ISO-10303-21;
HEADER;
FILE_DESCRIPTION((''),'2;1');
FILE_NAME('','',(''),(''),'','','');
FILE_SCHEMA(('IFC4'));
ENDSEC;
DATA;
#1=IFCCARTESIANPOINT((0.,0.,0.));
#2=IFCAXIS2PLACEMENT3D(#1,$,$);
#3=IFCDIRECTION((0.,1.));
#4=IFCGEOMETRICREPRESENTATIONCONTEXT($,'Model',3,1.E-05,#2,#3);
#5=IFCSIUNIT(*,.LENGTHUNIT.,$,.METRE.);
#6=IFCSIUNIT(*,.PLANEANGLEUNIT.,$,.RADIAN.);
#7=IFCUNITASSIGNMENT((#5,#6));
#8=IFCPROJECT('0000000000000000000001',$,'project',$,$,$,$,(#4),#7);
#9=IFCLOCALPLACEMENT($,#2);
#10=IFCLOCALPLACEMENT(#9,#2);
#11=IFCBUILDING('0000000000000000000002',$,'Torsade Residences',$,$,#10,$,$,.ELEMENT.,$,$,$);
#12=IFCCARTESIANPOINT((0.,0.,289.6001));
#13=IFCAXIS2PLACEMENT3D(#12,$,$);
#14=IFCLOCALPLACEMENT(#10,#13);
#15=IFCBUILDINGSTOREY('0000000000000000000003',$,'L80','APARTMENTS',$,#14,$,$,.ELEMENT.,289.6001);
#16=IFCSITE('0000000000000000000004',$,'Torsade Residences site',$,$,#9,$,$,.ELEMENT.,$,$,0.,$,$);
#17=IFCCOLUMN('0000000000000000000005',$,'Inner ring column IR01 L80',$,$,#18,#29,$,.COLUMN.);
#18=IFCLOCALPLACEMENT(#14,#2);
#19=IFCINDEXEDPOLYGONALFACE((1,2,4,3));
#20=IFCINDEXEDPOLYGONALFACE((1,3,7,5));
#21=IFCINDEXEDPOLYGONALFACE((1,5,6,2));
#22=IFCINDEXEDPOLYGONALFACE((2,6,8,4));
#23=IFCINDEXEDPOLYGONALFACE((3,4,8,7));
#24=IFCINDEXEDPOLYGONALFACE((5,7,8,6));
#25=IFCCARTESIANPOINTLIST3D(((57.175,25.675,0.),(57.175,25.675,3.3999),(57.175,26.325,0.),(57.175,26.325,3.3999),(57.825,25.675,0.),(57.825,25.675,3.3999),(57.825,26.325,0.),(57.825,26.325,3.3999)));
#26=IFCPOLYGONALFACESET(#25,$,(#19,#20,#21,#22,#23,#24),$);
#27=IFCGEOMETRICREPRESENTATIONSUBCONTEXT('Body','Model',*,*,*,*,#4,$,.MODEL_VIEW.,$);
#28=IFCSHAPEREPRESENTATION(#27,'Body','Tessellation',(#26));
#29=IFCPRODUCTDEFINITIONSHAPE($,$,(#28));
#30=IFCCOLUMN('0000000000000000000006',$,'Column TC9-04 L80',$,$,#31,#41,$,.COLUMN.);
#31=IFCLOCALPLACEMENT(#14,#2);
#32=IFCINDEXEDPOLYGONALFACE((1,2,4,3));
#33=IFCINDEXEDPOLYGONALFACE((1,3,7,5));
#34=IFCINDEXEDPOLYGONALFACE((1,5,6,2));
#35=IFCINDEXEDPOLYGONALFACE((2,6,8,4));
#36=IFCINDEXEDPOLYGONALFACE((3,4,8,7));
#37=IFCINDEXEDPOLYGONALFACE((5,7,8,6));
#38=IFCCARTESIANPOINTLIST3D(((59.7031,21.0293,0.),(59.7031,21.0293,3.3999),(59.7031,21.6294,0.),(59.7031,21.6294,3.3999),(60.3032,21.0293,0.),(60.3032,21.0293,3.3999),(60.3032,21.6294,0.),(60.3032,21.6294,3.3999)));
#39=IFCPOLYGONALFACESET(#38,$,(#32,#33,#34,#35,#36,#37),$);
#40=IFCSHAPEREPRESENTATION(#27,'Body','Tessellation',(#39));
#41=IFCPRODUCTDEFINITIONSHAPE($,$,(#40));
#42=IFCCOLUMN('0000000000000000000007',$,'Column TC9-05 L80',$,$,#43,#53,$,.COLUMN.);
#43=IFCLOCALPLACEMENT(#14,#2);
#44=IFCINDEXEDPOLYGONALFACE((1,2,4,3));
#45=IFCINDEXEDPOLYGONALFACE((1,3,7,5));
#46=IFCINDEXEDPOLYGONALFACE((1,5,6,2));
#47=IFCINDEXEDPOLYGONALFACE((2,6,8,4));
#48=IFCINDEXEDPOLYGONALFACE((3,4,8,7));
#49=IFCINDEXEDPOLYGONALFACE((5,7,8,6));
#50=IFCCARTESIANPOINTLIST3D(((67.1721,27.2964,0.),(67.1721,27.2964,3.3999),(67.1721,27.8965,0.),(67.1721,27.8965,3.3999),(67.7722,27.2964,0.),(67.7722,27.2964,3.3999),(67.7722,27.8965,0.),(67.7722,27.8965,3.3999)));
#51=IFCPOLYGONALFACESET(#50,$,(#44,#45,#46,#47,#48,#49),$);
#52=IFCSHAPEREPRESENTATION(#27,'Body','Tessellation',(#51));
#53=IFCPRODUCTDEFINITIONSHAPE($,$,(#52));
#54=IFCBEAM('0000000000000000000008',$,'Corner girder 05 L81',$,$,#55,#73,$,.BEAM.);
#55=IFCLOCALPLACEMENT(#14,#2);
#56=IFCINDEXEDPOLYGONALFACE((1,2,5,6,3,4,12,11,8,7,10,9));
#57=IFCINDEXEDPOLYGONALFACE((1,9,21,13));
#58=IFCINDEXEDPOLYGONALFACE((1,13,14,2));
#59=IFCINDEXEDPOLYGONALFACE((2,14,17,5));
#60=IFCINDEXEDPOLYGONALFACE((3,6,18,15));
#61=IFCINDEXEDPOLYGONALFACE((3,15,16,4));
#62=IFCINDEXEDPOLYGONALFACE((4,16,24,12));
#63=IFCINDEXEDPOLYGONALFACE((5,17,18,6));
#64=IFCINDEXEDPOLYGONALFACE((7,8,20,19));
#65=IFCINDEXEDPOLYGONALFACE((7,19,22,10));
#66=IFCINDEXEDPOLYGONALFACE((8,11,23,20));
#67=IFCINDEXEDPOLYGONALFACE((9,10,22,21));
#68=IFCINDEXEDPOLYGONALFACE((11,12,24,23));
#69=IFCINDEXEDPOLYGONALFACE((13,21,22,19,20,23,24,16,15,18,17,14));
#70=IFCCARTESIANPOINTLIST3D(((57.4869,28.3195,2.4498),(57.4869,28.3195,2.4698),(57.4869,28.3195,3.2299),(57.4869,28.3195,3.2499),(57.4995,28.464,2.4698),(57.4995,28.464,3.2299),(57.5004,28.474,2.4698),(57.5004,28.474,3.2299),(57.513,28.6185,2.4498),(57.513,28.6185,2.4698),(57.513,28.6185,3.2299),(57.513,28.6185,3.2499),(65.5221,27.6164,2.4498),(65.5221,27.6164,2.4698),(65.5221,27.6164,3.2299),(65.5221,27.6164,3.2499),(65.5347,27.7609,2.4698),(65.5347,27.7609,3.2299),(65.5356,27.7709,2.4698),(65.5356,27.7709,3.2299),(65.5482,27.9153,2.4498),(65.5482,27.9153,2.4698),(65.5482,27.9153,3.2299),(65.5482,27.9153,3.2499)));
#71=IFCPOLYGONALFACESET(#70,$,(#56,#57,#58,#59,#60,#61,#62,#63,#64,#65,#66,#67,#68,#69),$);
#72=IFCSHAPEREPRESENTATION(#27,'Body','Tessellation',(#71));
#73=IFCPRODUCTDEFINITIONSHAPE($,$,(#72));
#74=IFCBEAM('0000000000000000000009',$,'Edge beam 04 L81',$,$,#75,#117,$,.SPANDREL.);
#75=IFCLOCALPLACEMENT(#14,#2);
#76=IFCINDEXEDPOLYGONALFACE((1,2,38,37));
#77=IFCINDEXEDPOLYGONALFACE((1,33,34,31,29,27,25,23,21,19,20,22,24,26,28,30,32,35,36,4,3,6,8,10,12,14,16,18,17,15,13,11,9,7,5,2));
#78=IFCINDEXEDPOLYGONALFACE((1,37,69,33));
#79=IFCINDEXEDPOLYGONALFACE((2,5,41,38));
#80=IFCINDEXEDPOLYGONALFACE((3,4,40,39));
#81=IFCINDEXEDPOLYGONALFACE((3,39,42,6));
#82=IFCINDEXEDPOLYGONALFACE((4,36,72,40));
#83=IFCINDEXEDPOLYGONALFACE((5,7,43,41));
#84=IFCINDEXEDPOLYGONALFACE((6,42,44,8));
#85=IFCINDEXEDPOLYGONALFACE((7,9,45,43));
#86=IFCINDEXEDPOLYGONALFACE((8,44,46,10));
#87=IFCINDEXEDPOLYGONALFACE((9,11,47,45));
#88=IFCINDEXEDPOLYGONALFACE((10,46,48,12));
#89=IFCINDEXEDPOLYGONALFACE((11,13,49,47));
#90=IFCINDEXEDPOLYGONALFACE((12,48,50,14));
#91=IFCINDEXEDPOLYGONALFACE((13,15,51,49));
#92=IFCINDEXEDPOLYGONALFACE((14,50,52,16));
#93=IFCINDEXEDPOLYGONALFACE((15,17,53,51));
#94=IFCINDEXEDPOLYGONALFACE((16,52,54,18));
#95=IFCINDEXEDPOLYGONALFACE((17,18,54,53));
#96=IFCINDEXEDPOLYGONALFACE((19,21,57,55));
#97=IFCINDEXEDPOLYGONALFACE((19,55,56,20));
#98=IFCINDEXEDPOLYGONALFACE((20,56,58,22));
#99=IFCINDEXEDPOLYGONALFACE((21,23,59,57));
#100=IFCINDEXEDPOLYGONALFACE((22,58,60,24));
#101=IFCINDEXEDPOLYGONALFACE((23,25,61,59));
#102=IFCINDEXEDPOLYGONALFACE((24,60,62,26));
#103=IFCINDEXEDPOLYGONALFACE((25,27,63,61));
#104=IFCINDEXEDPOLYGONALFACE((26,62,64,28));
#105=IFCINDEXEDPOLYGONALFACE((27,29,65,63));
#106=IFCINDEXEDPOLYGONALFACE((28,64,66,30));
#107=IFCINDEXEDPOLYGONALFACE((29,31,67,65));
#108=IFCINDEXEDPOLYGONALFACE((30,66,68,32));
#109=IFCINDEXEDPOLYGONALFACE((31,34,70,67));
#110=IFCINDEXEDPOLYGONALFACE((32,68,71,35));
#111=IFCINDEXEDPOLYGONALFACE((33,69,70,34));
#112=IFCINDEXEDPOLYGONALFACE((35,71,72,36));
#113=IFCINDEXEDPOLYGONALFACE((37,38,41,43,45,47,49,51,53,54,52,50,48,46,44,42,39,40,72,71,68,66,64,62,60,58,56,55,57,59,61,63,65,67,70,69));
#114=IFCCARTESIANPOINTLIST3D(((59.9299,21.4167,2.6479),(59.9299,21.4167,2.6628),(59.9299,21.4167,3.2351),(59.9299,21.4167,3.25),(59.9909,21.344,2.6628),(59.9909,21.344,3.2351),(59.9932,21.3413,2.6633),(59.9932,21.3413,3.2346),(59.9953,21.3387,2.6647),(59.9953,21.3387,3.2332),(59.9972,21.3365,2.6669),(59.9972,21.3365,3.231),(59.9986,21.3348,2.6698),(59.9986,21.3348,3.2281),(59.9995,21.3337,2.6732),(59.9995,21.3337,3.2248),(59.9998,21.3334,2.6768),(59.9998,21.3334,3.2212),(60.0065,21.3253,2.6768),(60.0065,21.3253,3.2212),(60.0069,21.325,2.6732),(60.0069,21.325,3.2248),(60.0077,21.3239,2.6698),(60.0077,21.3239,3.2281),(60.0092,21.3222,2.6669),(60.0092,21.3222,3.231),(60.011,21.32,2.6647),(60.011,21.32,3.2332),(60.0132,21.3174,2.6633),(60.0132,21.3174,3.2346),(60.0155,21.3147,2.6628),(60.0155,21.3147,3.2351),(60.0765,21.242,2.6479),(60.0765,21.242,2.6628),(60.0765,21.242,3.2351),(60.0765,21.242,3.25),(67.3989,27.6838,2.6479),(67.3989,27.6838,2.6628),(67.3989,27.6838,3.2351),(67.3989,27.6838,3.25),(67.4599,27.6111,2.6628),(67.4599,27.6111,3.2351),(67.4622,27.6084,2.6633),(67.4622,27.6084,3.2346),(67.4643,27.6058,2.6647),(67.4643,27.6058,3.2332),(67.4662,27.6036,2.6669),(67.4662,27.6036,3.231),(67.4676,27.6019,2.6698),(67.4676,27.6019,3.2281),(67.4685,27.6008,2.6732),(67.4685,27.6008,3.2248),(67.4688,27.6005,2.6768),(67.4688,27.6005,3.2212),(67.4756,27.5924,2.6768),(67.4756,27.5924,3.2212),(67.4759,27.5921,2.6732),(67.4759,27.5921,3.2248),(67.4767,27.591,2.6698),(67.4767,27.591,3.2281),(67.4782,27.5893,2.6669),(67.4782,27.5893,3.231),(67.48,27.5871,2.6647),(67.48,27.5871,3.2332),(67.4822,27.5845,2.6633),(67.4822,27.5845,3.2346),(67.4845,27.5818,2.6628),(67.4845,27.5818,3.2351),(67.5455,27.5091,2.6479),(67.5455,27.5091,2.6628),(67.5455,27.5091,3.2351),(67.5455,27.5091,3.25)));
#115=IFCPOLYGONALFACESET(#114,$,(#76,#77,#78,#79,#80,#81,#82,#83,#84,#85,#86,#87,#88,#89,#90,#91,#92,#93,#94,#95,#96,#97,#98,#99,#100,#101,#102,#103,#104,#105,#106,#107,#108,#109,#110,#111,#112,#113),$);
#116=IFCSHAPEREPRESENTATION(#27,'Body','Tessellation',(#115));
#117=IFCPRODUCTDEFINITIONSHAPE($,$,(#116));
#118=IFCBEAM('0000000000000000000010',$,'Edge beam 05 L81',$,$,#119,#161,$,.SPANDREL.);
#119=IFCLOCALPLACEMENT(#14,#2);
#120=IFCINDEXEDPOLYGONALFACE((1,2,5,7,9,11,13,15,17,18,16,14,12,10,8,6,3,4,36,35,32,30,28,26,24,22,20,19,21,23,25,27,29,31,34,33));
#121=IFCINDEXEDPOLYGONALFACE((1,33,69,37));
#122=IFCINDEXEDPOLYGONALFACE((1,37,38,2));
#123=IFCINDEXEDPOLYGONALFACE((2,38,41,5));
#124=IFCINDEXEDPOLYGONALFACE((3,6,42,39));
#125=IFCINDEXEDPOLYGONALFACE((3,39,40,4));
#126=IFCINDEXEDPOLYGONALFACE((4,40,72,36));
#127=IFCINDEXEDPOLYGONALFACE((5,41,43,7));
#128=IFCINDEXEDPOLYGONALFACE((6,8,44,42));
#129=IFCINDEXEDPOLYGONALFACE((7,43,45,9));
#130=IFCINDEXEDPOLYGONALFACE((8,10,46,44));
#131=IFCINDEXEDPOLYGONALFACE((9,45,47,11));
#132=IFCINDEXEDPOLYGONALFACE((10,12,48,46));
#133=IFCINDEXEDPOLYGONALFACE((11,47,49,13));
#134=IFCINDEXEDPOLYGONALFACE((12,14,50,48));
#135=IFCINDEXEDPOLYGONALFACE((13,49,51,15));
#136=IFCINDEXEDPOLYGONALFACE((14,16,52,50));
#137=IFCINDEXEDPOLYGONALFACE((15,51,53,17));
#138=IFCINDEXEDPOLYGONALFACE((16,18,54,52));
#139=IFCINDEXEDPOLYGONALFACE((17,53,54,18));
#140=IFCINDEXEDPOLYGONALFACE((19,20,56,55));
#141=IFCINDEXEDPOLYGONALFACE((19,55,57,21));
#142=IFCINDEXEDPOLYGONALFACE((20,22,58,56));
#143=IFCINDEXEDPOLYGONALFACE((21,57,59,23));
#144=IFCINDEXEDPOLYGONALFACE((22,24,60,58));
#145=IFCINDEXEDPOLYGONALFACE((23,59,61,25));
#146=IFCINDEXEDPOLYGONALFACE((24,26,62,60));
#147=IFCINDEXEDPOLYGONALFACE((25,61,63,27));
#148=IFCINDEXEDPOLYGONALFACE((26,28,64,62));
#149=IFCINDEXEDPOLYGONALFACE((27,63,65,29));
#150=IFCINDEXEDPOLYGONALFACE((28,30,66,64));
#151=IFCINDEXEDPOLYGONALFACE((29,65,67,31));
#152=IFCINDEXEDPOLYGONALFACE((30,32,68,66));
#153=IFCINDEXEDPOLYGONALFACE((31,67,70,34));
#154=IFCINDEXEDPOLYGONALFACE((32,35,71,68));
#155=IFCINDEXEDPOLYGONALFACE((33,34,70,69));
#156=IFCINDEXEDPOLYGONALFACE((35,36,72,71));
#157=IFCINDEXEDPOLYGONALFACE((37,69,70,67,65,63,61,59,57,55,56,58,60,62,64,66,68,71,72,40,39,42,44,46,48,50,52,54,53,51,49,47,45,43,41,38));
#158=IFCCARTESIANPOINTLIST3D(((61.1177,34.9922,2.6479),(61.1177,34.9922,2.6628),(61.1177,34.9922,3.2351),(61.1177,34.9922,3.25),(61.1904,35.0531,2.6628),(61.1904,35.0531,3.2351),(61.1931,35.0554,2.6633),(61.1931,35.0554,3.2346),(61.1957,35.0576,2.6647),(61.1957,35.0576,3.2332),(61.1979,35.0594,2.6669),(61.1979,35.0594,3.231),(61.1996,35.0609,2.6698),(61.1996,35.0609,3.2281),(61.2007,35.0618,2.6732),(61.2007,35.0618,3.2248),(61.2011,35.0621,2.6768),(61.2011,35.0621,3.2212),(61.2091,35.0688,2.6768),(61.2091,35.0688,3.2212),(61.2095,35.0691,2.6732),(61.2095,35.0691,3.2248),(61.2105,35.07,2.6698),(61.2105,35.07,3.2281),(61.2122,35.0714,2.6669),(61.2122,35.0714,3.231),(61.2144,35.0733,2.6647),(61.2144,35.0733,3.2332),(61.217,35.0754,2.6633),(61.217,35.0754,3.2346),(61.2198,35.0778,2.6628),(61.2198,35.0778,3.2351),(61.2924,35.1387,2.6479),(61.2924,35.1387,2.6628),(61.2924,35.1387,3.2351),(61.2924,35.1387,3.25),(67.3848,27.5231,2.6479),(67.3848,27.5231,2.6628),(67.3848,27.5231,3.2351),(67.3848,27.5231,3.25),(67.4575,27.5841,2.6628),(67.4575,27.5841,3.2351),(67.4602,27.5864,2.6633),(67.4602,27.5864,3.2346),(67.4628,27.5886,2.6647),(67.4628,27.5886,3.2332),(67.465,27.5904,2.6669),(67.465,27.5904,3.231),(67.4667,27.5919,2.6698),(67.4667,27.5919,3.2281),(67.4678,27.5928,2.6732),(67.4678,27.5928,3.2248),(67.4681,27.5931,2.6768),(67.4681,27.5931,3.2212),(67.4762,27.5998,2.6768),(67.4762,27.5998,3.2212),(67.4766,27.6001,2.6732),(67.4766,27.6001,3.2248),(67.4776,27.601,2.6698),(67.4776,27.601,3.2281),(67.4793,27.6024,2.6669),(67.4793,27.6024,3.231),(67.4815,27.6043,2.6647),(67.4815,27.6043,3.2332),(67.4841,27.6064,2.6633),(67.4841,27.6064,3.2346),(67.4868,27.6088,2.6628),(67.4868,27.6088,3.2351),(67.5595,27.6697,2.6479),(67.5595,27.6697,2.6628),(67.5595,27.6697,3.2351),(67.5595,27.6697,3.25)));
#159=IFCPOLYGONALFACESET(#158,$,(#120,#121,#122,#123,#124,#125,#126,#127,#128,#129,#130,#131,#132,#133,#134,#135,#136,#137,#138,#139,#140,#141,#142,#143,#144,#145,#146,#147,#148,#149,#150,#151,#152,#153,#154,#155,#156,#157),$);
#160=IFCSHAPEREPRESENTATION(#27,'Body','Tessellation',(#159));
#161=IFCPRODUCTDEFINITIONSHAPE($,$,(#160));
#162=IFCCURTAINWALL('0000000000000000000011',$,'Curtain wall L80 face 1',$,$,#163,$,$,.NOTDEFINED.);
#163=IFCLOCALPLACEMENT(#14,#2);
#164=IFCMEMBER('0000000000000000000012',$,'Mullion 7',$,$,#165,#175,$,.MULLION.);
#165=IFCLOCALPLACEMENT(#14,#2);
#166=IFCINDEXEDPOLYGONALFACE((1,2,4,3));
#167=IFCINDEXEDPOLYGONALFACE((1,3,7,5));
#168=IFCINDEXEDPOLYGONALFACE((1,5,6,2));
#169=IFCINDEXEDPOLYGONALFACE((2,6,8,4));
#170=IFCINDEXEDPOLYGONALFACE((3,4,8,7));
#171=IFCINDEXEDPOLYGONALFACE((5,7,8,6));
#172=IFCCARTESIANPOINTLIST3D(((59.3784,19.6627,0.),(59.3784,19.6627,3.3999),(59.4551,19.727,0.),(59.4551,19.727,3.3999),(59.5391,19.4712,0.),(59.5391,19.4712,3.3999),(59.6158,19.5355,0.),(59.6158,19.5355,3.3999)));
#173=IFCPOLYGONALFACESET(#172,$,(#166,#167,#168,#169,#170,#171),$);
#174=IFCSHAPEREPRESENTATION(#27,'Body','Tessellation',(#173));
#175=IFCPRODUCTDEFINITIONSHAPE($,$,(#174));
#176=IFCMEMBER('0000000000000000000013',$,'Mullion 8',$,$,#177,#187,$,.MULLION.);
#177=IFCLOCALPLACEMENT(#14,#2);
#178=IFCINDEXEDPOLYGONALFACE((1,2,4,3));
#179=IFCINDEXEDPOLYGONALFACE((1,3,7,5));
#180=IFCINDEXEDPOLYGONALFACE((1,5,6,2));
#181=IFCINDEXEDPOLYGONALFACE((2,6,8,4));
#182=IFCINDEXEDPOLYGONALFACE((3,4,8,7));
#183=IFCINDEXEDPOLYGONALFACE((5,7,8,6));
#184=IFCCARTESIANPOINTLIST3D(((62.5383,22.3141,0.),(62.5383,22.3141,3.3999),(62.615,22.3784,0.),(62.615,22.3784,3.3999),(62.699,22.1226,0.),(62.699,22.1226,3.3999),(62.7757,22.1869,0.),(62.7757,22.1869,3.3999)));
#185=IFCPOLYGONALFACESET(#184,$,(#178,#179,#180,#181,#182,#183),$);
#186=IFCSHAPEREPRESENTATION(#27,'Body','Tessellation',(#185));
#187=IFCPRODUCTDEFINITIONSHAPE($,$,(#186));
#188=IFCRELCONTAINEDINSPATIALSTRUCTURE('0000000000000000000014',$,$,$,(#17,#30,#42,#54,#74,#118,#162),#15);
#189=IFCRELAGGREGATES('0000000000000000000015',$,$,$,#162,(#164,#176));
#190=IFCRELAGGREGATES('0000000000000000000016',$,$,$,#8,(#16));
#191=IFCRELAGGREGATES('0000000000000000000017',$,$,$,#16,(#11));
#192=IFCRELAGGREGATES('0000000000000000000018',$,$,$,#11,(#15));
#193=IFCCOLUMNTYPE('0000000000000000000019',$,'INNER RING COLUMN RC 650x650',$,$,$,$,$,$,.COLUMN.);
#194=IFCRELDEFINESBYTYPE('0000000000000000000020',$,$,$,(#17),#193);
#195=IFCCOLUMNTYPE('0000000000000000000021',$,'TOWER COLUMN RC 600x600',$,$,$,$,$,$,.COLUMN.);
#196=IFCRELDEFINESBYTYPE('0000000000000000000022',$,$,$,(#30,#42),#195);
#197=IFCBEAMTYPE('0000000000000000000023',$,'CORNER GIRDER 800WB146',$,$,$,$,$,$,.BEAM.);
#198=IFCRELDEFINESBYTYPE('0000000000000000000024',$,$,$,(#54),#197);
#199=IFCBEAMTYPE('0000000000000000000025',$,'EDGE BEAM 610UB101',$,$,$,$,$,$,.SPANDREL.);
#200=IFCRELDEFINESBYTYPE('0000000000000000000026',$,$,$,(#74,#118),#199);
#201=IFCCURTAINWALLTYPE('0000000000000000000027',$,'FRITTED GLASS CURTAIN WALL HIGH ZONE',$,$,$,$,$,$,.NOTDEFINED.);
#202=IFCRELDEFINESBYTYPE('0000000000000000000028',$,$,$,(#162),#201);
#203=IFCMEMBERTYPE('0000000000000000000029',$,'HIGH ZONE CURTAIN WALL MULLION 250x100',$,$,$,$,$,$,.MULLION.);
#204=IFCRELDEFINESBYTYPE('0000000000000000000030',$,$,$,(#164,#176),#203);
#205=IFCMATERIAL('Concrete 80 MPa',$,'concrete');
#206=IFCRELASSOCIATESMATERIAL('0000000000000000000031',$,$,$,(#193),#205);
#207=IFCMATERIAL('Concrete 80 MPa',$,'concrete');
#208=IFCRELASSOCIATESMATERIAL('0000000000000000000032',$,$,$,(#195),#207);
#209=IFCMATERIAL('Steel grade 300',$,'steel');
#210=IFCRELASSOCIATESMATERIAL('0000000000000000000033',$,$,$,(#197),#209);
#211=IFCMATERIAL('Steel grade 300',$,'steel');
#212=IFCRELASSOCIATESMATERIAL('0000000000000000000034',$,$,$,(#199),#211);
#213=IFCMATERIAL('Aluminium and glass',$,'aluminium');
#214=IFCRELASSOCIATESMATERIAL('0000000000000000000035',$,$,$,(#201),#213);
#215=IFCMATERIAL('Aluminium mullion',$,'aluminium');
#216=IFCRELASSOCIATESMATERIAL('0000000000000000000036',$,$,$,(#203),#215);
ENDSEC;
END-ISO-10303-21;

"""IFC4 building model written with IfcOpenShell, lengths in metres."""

from ifc_helpers import new_model, si_unit, direction, frame, origin, origin_2d, place, context, subcontext, project, spatial, rectangle, i_section, extrude, material, material_profile, profile_set, type_object, element, aggregate, save


model = new_model("IFC4")

# Units and contexts
model_context = context("Model", 3, precision=1e-05, world=origin(), true_north=direction((0.0, 1.0)))
body_context = subcontext(model_context, "Body", "Model", "MODEL_VIEW")
ifc_project = project(units=[si_unit("LENGTHUNIT", "METRE"), si_unit("PLANEANGLEUNIT", "RADIAN")], contexts=[model_context])

# Site, building, storey
site_placement = place(None, origin())
site = spatial("IfcSite", under=ifc_project, at=site_placement, Name="Torsade Residences site", CompositionType="ELEMENT", RefElevation=0.0)
building_placement = place(site_placement, origin())
building = spatial("IfcBuilding", under=site, at=building_placement, Name="Torsade Residences", CompositionType="ELEMENT")
storey_placement = place(building_placement, frame((0.0, 0.0, 289.6001)))
storey = spatial("IfcBuildingStorey", under=building, at=storey_placement, Name="L80", Description="APARTMENTS", CompositionType="ELEMENT", Elevation=289.6001)

# Columns
ifc_material_1 = material(Name="Concrete 80 MPa", Category="concrete")
ifc_material_profile_1 = material_profile(ifc_material_1, rectangle(XDim=0.6499, YDim=0.6499, at=origin_2d()), Name="RC 650x650")
ifc_profile_set_1 = profile_set([ifc_material_profile_1], Name="Concrete 80 MPa")
column_type_1 = type_object("IfcColumnType", Name="INNER RING COLUMN RC 650x650", PredefinedType="COLUMN", material=ifc_profile_set_1)
column_placement = place(storey_placement, frame((57.5, 26.0, 0.0), z_axis=(0.0, 0.0, 1.0), x_axis=(1.0, 0.0, 0.0)))
element("IfcColumn", 1, at=column_placement, inside=storey, type_object=column_type_1, Name="Inner ring column IR01 L80", PredefinedType="COLUMN", context=body_context, shape_type="SweptSolid", body=[
    extrude(rectangle(XDim=0.6499, YDim=0.6499, at=origin_2d()), origin(), (0.0, 0.0, 1.0), 3.3999),
])
ifc_material_2 = material(Name="Concrete 80 MPa", Category="concrete")
ifc_material_profile_2 = material_profile(ifc_material_2, rectangle(XDim=0.6001, YDim=0.6001, at=origin_2d()), Name="RC 600x600")
ifc_profile_set_2 = profile_set([ifc_material_profile_2], Name="Concrete 80 MPa")
column_type_2 = type_object("IfcColumnType", Name="TOWER COLUMN RC 600x600", PredefinedType="COLUMN", material=ifc_profile_set_2)
for number, where, z_axis, x_axis, name in (
    (2, (60.0032, 21.3293, 0.0), (0.0, 0.0, 1.0), (1.0, 0.0, 0.0), "Column TC9-04 L80"),
    (3, (67.4722, 27.5964, 0.0), (0.0, 0.0, 1.0), (1.0, 0.0, 0.0), "Column TC9-05 L80"),
):
    element("IfcColumn", number, at=place(storey_placement, frame(where, z_axis=z_axis, x_axis=x_axis)), inside=storey, type_object=column_type_2, Name=name, PredefinedType="COLUMN", context=body_context, shape_type="SweptSolid", body=[
        extrude(rectangle(XDim=0.6001, YDim=0.6001, at=origin_2d()), origin(), (0.0, 0.0, 1.0), 3.3999),
    ])

# Beams
ifc_material_3 = material(Name="Steel grade 300", Category="steel")
ifc_material_profile_3 = material_profile(ifc_material_3, i_section(OverallWidth=0.3, OverallDepth=0.8, WebThickness=0.01, FlangeThickness=0.02, at=origin_2d()), Name="800WB146")
ifc_profile_set_3 = profile_set([ifc_material_profile_3], Name="Steel grade 300")
beam_type_1 = type_object("IfcBeamType", Name="CORNER GIRDER 800WB146", PredefinedType="BEAM", material=ifc_profile_set_3)
beam_1_placement = place(storey_placement, frame((65.5352, 27.7659, 2.8499), z_axis=(-0.996193, 0.087173, 0.0), x_axis=(-0.087173, -0.996193, 0.0)))
element("IfcBeam", 4, at=beam_1_placement, inside=storey, type_object=beam_type_1, Name="Corner girder 05 L81", PredefinedType="BEAM", context=body_context, shape_type="SweptSolid", body=[
    extrude(i_section(OverallWidth=0.3, OverallDepth=0.8, WebThickness=0.01, FlangeThickness=0.02, at=origin_2d()), origin(), (0.0, 0.0, 1.0), 8.0659),
])
ifc_material_4 = material(Name="Steel grade 300", Category="steel")
ifc_material_profile_4 = material_profile(ifc_material_4, i_section(OverallWidth=0.228, OverallDepth=0.6021, WebThickness=0.0105, FlangeThickness=0.0149, FilletRadius=0.0139, at=origin_2d()), Name="610UB101")
ifc_profile_set_4 = profile_set([ifc_material_profile_4], Name="Steel grade 300")
beam_type_2 = type_object("IfcBeamType", Name="EDGE BEAM 610UB101", PredefinedType="SPANDREL", material=ifc_profile_set_4)
for number, where, z_axis, x_axis, name in (
    (5, (60.0032, 21.3293, 2.949), (0.766052, 0.642779, 0.0), (-0.642779, 0.766052, 0.0), "Edge beam 04 L81"),
    (6, (67.4722, 27.5964, 2.949), (-0.642779, 0.766052, 0.0), (-0.766052, -0.642779, 0.0), "Edge beam 05 L81"),
):
    element("IfcBeam", number, at=place(storey_placement, frame(where, z_axis=z_axis, x_axis=x_axis)), inside=storey, type_object=beam_type_2, Name=name, PredefinedType="SPANDREL", context=body_context, shape_type="SweptSolid", body=[
        extrude(i_section(OverallWidth=0.228, OverallDepth=0.6021, WebThickness=0.0105, FlangeThickness=0.0149, FilletRadius=0.0139, at=origin_2d()), origin(), (0.0, 0.0, 1.0), 9.75),
    ])

# Curtain wall, members
ifc_material_5 = material(Name="Aluminium and glass", Category="aluminium")
curtain_wall_type = type_object("IfcCurtainWallType", Name="FRITTED GLASS CURTAIN WALL HIGH ZONE", PredefinedType="NOTDEFINED", material=ifc_material_5)
curtain_wall_placement = place(storey_placement, origin())
curtain_wall = element("IfcCurtainWall", 7, at=curtain_wall_placement, inside=storey, type_object=curtain_wall_type, Name="Curtain wall L80 face 1", PredefinedType="NOTDEFINED")
ifc_material_6 = material(Name="Aluminium mullion", Category="aluminium")
ifc_material_profile_5 = material_profile(ifc_material_6, rectangle(XDim=0.25, YDim=0.1001, at=origin_2d()), Name="HIGH ZONE CURTAIN WALL MULLION 250x100")
ifc_profile_set_5 = profile_set([ifc_material_profile_5], Name="Aluminium mullion")
member_type_1 = type_object("IfcMemberType", Name="HIGH ZONE CURTAIN WALL MULLION 250x100", PredefinedType="MULLION", material=ifc_profile_set_5)
member_1_placement = place(storey_placement, frame((59.4971, 19.5991, 0.0), z_axis=(0.0, 0.0, 1.0), x_axis=(-0.642788, 0.766044, 0.0)))
member_1 = element("IfcMember", 8, at=member_1_placement, type_object=member_type_1, Name="Mullion 7", PredefinedType="MULLION", context=body_context, shape_type="SweptSolid", body=[
    extrude(rectangle(XDim=0.25, YDim=0.1001, at=origin_2d()), origin(), (0.0, 0.0, 1.0), 3.3999),
])
member_2_placement = place(storey_placement, frame((62.657, 22.2505, 0.0), z_axis=(0.0, 0.0, 1.0), x_axis=(-0.642788, 0.766044, 0.0)))
member_2 = element("IfcMember", 9, at=member_2_placement, type_object=member_type_1, Name="Mullion 8", PredefinedType="MULLION", context=body_context, shape_type="SweptSolid", body=[
    extrude(rectangle(XDim=0.25, YDim=0.1001, at=origin_2d()), origin(), (0.0, 0.0, 1.0), 3.3999),
])

aggregate(curtain_wall, [member_1, member_2])

save(model, "model.ifc")
